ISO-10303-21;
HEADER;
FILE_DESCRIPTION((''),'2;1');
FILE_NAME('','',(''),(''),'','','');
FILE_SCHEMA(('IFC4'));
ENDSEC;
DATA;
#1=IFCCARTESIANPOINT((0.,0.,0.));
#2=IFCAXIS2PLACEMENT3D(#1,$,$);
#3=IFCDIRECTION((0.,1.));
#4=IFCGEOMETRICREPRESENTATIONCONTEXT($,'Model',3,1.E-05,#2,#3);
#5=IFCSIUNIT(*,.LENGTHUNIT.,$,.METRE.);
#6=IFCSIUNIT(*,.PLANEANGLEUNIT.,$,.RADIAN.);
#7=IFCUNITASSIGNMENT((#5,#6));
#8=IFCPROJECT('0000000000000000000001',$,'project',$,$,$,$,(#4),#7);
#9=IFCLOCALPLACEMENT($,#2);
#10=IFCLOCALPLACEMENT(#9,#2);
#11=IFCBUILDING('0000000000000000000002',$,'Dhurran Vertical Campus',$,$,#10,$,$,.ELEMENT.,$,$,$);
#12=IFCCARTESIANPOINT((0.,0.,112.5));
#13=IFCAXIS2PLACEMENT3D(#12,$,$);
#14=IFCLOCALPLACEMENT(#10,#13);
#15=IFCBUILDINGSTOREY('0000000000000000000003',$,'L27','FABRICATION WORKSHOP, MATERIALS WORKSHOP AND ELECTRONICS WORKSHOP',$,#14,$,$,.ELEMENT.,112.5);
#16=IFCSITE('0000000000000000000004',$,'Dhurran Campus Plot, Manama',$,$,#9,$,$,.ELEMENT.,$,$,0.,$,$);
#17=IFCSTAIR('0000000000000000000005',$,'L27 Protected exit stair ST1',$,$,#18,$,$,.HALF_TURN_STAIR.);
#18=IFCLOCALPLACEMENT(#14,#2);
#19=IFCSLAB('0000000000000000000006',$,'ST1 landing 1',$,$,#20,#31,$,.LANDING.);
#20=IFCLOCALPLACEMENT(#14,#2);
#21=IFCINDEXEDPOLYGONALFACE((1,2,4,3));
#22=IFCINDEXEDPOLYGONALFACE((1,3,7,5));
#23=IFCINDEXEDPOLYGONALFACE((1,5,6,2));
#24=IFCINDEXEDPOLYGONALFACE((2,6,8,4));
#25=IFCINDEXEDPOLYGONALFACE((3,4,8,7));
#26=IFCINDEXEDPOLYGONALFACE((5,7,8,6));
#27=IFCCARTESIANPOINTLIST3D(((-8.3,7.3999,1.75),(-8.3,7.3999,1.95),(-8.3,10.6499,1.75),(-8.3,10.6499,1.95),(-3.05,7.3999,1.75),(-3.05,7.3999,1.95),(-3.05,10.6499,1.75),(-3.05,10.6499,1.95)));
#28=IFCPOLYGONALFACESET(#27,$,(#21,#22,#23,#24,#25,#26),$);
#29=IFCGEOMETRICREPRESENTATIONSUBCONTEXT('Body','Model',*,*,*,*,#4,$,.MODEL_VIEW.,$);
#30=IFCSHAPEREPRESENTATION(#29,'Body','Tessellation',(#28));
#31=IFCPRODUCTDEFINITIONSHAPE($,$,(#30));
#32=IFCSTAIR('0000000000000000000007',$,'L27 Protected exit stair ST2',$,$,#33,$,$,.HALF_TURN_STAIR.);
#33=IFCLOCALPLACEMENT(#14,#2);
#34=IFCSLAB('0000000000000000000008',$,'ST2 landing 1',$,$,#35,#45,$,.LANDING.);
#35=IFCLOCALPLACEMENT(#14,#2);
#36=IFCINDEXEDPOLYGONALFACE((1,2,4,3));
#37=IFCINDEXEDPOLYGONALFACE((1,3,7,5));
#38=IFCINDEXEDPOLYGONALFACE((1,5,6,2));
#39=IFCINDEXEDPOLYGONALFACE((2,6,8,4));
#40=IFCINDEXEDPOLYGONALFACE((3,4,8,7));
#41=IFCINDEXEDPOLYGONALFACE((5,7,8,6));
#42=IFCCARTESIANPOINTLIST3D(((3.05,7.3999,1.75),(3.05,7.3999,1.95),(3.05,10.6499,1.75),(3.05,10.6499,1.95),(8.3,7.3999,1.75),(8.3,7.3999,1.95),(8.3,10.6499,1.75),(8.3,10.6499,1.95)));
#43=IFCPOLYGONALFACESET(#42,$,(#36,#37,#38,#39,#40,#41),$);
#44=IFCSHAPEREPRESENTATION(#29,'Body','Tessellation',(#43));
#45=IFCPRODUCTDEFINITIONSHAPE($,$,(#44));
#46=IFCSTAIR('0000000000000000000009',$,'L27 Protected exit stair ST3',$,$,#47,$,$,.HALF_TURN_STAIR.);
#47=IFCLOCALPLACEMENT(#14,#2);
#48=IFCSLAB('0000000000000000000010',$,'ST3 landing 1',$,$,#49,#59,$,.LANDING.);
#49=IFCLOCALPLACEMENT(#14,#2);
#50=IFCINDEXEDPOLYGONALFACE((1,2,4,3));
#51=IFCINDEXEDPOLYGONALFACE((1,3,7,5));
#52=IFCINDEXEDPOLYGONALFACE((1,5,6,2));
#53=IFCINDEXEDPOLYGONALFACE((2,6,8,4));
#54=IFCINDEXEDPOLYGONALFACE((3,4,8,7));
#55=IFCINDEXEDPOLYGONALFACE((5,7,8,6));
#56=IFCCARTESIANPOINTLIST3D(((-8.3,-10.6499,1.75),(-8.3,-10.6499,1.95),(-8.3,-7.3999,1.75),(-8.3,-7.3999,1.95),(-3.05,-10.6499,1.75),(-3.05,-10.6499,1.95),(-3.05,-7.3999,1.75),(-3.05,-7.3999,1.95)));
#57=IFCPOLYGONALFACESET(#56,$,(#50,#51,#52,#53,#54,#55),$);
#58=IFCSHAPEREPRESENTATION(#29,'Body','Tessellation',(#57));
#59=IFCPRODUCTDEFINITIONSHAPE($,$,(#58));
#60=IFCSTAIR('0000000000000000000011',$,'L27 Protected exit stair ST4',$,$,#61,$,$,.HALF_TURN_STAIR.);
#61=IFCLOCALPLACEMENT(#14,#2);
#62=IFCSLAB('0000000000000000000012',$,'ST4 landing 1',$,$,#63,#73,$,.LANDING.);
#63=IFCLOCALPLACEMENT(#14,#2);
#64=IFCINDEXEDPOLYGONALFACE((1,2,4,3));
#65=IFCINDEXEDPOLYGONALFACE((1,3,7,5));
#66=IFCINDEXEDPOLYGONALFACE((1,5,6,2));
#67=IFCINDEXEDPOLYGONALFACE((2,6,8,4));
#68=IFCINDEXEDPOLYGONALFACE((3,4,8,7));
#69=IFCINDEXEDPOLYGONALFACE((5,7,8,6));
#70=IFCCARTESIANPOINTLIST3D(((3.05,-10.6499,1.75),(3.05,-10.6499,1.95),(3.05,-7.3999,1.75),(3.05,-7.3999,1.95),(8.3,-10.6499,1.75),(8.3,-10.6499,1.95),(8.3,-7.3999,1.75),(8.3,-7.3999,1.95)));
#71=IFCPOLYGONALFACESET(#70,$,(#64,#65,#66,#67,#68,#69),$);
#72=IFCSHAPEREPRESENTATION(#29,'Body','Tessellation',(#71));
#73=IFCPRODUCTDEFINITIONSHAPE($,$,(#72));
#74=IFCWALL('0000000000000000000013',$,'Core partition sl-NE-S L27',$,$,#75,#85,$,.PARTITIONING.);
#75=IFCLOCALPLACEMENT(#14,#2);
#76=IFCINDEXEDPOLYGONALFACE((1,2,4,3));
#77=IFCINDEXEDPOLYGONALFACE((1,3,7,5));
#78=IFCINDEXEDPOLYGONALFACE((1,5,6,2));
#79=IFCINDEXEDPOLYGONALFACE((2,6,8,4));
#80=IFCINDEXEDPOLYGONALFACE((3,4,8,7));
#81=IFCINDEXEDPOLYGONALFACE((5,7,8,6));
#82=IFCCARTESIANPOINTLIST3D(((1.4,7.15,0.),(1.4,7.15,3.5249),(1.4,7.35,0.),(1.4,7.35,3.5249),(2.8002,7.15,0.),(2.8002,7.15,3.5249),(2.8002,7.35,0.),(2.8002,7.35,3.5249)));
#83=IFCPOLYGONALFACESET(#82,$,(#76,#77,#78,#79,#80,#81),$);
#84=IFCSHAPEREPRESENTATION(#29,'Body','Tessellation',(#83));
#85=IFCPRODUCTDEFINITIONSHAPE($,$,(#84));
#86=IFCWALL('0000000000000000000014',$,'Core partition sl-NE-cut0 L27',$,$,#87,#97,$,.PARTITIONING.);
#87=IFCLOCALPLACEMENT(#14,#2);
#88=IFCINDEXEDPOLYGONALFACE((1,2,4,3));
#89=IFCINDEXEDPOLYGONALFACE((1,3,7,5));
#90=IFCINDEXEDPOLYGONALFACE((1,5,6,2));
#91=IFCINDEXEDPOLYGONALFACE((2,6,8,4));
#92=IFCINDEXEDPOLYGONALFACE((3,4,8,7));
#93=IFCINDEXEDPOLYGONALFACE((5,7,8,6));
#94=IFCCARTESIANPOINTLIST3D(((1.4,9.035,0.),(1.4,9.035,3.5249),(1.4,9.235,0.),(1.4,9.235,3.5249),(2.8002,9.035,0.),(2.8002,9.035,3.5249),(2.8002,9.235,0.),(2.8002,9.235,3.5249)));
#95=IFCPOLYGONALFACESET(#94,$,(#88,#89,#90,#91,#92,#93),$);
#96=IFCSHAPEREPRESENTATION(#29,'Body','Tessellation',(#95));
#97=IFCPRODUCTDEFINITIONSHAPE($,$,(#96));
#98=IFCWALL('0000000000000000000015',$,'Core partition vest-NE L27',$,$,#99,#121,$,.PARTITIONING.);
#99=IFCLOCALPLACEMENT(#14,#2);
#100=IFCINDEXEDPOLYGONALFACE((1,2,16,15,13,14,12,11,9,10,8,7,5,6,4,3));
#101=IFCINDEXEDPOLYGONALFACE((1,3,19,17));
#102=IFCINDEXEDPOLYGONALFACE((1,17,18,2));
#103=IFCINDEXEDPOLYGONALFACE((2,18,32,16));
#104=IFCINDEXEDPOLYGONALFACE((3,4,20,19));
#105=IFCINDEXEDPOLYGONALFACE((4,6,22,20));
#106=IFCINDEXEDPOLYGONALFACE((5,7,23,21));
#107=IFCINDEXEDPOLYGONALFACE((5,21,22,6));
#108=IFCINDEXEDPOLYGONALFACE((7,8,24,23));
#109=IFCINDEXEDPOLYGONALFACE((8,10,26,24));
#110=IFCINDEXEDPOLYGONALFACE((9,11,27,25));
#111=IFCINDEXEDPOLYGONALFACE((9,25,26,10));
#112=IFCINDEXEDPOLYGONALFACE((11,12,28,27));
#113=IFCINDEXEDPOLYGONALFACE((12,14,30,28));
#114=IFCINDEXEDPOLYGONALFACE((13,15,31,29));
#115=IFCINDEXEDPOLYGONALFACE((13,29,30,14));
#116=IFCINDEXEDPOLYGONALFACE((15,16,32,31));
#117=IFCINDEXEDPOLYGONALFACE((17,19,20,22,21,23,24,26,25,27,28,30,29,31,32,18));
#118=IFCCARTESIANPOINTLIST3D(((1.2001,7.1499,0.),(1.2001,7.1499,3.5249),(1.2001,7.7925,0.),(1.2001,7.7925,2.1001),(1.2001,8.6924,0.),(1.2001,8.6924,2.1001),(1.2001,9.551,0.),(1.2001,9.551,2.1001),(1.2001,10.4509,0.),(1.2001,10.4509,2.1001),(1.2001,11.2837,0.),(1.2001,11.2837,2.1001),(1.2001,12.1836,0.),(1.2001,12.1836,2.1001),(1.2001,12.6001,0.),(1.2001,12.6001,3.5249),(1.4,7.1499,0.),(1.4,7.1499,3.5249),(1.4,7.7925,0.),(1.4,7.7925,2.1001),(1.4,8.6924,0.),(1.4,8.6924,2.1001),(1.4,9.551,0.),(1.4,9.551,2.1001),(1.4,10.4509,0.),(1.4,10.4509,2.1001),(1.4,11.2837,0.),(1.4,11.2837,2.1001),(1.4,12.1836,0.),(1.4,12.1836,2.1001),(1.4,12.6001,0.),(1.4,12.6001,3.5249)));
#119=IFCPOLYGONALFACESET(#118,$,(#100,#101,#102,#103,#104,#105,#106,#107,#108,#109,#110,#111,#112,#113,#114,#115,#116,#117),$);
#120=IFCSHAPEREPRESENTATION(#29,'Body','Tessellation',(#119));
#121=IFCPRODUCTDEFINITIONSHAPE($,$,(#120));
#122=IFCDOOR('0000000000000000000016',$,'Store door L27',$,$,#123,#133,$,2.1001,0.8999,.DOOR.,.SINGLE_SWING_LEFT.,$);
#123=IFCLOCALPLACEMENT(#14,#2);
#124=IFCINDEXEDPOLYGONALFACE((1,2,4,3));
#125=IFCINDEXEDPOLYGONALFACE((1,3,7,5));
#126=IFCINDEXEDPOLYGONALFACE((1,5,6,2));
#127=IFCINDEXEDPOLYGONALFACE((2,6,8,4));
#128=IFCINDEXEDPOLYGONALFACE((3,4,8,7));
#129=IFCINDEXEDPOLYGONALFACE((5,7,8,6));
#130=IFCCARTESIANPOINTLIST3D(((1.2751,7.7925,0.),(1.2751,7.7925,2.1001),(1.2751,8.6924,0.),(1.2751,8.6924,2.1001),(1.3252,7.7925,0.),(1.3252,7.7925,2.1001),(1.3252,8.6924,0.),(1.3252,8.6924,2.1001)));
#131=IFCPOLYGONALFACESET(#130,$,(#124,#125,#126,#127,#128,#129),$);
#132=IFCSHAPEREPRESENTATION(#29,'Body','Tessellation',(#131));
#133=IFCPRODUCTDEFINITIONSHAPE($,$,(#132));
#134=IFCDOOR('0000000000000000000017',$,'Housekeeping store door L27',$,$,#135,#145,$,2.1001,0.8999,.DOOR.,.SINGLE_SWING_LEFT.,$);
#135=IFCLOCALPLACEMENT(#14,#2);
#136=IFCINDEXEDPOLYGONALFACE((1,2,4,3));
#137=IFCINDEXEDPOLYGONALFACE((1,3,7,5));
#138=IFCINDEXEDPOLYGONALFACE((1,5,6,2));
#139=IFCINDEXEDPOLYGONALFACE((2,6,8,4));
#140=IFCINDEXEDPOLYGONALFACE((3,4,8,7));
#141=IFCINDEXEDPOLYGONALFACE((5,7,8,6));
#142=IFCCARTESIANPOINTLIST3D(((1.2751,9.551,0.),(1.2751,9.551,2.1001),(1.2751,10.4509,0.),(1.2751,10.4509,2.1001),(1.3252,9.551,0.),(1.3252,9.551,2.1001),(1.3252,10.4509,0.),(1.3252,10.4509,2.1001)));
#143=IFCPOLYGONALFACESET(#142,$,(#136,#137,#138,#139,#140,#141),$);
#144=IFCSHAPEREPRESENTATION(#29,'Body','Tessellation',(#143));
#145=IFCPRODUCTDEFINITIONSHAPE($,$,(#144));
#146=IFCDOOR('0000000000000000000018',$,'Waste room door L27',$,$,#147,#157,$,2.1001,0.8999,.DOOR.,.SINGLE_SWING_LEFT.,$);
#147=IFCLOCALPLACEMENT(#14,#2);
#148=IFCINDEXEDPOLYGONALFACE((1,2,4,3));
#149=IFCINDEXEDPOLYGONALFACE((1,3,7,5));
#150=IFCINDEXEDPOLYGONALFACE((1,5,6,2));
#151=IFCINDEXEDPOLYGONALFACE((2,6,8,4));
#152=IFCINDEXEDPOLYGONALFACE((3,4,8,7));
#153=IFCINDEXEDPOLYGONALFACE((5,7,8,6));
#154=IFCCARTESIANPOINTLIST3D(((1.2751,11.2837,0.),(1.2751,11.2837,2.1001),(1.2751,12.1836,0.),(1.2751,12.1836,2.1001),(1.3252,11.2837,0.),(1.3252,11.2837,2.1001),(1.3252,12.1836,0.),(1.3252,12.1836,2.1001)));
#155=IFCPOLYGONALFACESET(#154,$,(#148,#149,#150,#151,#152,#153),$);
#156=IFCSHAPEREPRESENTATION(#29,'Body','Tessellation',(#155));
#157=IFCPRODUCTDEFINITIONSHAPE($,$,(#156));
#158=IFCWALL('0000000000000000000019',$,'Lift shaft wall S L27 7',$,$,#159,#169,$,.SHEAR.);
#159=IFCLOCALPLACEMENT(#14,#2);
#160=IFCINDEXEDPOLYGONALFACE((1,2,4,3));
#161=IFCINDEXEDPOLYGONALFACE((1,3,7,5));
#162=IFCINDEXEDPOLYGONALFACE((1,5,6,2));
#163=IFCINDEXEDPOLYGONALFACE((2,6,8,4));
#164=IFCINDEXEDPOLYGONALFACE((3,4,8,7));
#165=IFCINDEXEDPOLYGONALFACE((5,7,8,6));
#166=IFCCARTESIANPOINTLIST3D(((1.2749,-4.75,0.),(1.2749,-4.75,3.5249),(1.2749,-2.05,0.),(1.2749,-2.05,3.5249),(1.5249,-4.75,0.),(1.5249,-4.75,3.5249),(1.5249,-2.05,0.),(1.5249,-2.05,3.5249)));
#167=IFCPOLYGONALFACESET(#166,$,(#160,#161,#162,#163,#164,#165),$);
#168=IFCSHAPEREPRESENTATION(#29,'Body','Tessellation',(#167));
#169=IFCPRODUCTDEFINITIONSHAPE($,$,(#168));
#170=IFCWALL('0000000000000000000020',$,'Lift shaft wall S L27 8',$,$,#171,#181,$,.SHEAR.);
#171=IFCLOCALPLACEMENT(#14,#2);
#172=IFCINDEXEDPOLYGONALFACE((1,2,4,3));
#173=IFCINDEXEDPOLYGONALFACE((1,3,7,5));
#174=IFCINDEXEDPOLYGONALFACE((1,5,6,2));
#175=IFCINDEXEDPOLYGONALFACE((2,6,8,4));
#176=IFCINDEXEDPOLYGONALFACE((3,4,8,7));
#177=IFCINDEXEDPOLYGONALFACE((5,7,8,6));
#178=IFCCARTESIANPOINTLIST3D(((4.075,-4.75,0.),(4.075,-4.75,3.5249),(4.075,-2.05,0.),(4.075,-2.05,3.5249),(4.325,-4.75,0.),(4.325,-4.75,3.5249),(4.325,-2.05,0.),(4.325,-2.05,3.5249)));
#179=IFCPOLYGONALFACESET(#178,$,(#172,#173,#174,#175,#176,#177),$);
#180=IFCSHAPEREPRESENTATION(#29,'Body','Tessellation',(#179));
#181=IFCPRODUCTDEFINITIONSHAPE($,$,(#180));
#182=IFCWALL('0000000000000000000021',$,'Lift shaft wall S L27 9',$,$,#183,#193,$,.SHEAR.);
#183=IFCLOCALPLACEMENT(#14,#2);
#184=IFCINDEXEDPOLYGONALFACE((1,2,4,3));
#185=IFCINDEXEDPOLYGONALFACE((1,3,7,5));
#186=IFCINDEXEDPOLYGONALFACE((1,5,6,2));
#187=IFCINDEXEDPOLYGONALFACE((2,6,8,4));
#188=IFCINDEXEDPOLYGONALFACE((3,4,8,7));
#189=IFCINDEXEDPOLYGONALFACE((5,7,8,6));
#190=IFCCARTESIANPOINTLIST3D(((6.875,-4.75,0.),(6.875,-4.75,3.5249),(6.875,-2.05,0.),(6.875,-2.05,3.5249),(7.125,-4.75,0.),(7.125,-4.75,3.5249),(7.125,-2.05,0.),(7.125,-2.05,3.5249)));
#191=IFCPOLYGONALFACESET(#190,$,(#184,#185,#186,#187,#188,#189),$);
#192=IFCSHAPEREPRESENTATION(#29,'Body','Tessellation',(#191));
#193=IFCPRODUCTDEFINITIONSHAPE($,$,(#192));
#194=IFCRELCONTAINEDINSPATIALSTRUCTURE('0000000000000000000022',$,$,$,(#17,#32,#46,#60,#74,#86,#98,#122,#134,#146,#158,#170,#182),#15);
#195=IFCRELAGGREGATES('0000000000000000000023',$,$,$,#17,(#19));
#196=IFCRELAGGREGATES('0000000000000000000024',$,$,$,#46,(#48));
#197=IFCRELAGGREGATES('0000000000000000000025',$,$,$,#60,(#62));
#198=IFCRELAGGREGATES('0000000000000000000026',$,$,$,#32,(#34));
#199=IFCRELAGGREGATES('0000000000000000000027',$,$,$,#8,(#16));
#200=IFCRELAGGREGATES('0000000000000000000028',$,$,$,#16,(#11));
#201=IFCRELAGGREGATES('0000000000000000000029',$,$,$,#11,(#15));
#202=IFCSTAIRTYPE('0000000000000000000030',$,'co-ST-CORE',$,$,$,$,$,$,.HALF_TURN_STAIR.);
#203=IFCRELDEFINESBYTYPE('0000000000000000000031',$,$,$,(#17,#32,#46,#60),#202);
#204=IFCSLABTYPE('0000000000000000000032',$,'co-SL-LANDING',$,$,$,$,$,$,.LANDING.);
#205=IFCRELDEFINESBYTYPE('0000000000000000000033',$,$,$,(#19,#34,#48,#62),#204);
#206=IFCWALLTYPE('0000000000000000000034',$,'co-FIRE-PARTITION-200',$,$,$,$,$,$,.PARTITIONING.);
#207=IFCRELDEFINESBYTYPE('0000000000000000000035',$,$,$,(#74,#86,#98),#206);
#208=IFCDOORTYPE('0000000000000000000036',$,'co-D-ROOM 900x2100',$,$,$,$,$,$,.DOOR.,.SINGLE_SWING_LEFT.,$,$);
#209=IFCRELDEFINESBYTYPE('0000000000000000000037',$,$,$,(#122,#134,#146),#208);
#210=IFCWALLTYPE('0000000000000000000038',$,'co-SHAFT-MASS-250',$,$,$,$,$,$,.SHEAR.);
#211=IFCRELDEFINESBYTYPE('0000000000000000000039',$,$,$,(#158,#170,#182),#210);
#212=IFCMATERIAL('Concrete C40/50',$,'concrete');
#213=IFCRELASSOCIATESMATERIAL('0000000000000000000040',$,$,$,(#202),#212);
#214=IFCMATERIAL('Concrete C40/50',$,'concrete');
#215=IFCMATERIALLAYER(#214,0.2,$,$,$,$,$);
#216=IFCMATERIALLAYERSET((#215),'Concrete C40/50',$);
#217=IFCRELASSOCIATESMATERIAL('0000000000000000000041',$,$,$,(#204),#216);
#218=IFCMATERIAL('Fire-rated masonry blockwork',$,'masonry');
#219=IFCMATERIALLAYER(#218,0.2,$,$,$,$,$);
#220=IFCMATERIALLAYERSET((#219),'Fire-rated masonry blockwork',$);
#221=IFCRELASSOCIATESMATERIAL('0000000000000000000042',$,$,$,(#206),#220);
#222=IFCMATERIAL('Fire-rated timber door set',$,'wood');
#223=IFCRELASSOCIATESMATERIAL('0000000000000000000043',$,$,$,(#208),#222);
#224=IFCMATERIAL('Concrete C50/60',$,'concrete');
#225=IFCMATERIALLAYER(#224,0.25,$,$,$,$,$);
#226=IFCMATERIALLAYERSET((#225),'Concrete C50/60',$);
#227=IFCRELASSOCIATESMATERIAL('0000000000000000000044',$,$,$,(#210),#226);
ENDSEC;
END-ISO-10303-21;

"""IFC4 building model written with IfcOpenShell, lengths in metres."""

from ifc_helpers import new_model, si_unit, direction, frame, frame_2d, origin, place, context, subcontext, project, spatial, polyline, rectangle, outline, extrude, material, layer, layer_set, type_object, element, fill, aggregate, save


model = new_model("IFC4")

# Units and contexts
model_context = context("Model", 3, precision=1e-05, world=origin(), true_north=direction((0.0, 1.0)))
body_context = subcontext(model_context, "Body", "Model", "MODEL_VIEW")
ifc_project = project(units=[si_unit("LENGTHUNIT", "METRE"), si_unit("PLANEANGLEUNIT", "RADIAN")], contexts=[model_context])

# Site, building, storey
site_placement = place(None, origin())
site = spatial("IfcSite", under=ifc_project, at=site_placement, Name="Dhurran Campus Plot, Manama", CompositionType="ELEMENT", RefElevation=0.0)
building_placement = place(site_placement, origin())
building = spatial("IfcBuilding", under=site, at=building_placement, Name="Dhurran Vertical Campus", CompositionType="ELEMENT")
storey_placement = place(building_placement, frame((0.0, 0.0, 112.5)))
storey = spatial("IfcBuildingStorey", under=building, at=storey_placement, Name="L27", Description="FABRICATION WORKSHOP, MATERIALS WORKSHOP AND ELECTRONICS WORKSHOP", CompositionType="ELEMENT", Elevation=112.5)

# Stairs, slabs
ifc_material_1 = material(Name="Concrete C40/50", Category="concrete")
stair_type = type_object("IfcStairType", Name="co-ST-CORE", PredefinedType="HALF_TURN_STAIR", material=ifc_material_1)
stair_1_placement = place(storey_placement, origin())
stair_1 = element("IfcStair", 1, at=stair_1_placement, inside=storey, type_object=stair_type, Name="L27 Protected exit stair ST1", PredefinedType="HALF_TURN_STAIR")
ifc_material_2 = material(Name="Concrete C40/50", Category="concrete")
ifc_layer_1 = layer(ifc_material_2, 0.2)
ifc_layer_set_1 = layer_set([ifc_layer_1], Name="Concrete C40/50")
slab_type = type_object("IfcSlabType", Name="co-SL-LANDING", PredefinedType="LANDING", material=ifc_layer_set_1)
slab_1_placement = place(storey_placement, frame((0.0, 0.0, 1.75)))
slab_1 = element("IfcSlab", 2, at=slab_1_placement, type_object=slab_type, Name="ST1 landing 1", PredefinedType="LANDING", context=body_context, shape_type="SweptSolid", body=[
    extrude(outline(polyline([(-8.3, 7.3999), (-3.05, 7.3999), (-3.05, 10.6499), (-8.3, 10.6499), (-8.3, 7.3999)])), origin(), (0.0, 0.0, 1.0), 0.2),
])
aggregate(stair_1, [slab_1])
stair_2_placement = place(storey_placement, origin())
stair_2 = element("IfcStair", 3, at=stair_2_placement, inside=storey, type_object=stair_type, Name="L27 Protected exit stair ST2", PredefinedType="HALF_TURN_STAIR")
slab_2_placement = place(storey_placement, frame((0.0, 0.0, 1.75)))
slab_2 = element("IfcSlab", 4, at=slab_2_placement, type_object=slab_type, Name="ST2 landing 1", PredefinedType="LANDING", context=body_context, shape_type="SweptSolid", body=[
    extrude(outline(polyline([(8.3, 10.6499), (3.05, 10.6499), (3.05, 7.3999), (8.3, 7.3999), (8.3, 10.6499)])), origin(), (0.0, 0.0, 1.0), 0.2),
])
stair_3_placement = place(storey_placement, origin())
stair_3 = element("IfcStair", 5, at=stair_3_placement, inside=storey, type_object=stair_type, Name="L27 Protected exit stair ST3", PredefinedType="HALF_TURN_STAIR")
slab_3_placement = place(storey_placement, frame((0.0, 0.0, 1.75)))
slab_3 = element("IfcSlab", 6, at=slab_3_placement, type_object=slab_type, Name="ST3 landing 1", PredefinedType="LANDING", context=body_context, shape_type="SweptSolid", body=[
    extrude(outline(polyline([(-8.3, -10.6499), (-3.05, -10.6499), (-3.05, -7.3999), (-8.3, -7.3999), (-8.3, -10.6499)])), origin(), (0.0, 0.0, 1.0), 0.2),
])
aggregate(stair_3, [slab_3])
stair_4_placement = place(storey_placement, origin())
stair_4 = element("IfcStair", 7, at=stair_4_placement, inside=storey, type_object=stair_type, Name="L27 Protected exit stair ST4", PredefinedType="HALF_TURN_STAIR")
slab_4_placement = place(storey_placement, frame((0.0, 0.0, 1.75)))
slab_4 = element("IfcSlab", 8, at=slab_4_placement, type_object=slab_type, Name="ST4 landing 1", PredefinedType="LANDING", context=body_context, shape_type="SweptSolid", body=[
    extrude(outline(polyline([(8.3, -7.3999), (3.05, -7.3999), (3.05, -10.6499), (8.3, -10.6499), (8.3, -7.3999)])), origin(), (0.0, 0.0, 1.0), 0.2),
])
aggregate(stair_4, [slab_4])

# Walls
ifc_material_3 = material(Name="Fire-rated masonry blockwork", Category="masonry")
ifc_layer_2 = layer(ifc_material_3, 0.2)
ifc_layer_set_2 = layer_set([ifc_layer_2], Name="Fire-rated masonry blockwork")
wall_type_1 = type_object("IfcWallType", Name="co-FIRE-PARTITION-200", PredefinedType="PARTITIONING", material=ifc_layer_set_2)
for number, where, z_axis, x_axis, name in (
    (9, (1.3999, 7.25, 0.0), (0.0, 0.0, 1.0), (1.0, 0.0, 0.0), "Core partition sl-NE-S L27"),
    (10, (1.3999, 9.135, 0.0), (0.0, 0.0, 1.0), (1.0, 0.0, 0.0), "Core partition sl-NE-cut0 L27"),
):
    element("IfcWall", number, at=place(storey_placement, frame(where, z_axis=z_axis, x_axis=x_axis)), inside=storey, type_object=wall_type_1, Name=name, PredefinedType="PARTITIONING", context=body_context, shape_type="SweptSolid", body=[
        extrude(rectangle(XDim=1.4001, YDim=0.2, at=frame_2d((0.7002, 0.0))), origin(), (0.0, 0.0, 1.0), 3.5249),
    ])

# Wall, openings, doors
wall_1_placement = place(storey_placement, frame((1.3, 7.1499, 0.0), z_axis=(0.0, 0.0, 1.0), x_axis=(0.0, 1.0, 0.0)))
wall_1 = element("IfcWall", 11, at=wall_1_placement, inside=storey, type_object=wall_type_1, Name="Core partition vest-NE L27", PredefinedType="PARTITIONING", context=body_context, shape_type="SweptSolid", body=[
    extrude(rectangle(XDim=5.4502, YDim=0.2, at=frame_2d((2.7251, 0.0))), origin(), (0.0, 0.0, 1.0), 3.5249),
])
opening_1_placement = place(wall_1_placement, frame((0.6426, 0.0, 0.0)))
opening_1 = element("IfcOpeningElement", 12, at=opening_1_placement, cuts=wall_1, PredefinedType="OPENING", context=body_context, shape_type="SweptSolid", body=[
    extrude(rectangle(XDim=0.8999, YDim=2.1001, at=frame_2d((0.45, 1.05))), frame((0.0, 0.1099, 0.0), z_axis=(0.0, -1.0, 0.0), x_axis=(1.0, 0.0, 0.0)), (0.0, 0.0, 1.0), 0.22),
])
opening_2_placement = place(wall_1_placement, frame((2.4011, 0.0, 0.0)))
opening_2 = element("IfcOpeningElement", 13, at=opening_2_placement, cuts=wall_1, PredefinedType="OPENING", context=body_context, shape_type="SweptSolid", body=[
    extrude(rectangle(XDim=0.8999, YDim=2.1001, at=frame_2d((0.45, 1.05))), frame((0.0, 0.1099, 0.0), z_axis=(0.0, -1.0, 0.0), x_axis=(1.0, 0.0, 0.0)), (0.0, 0.0, 1.0), 0.22),
])
opening_3_placement = place(wall_1_placement, frame((4.1338, 0.0, 0.0)))
opening_3 = element("IfcOpeningElement", 14, at=opening_3_placement, cuts=wall_1, PredefinedType="OPENING", context=body_context, shape_type="SweptSolid", body=[
    extrude(rectangle(XDim=0.8999, YDim=2.1001, at=frame_2d((0.45, 1.05))), frame((0.0, 0.1099, 0.0), z_axis=(0.0, -1.0, 0.0), x_axis=(1.0, 0.0, 0.0)), (0.0, 0.0, 1.0), 0.22),
])
ifc_material_4 = material(Name="Fire-rated timber door set", Category="wood")
door_type_1 = type_object("IfcDoorType", Name="co-D-ROOM 900x2100", OperationType="SINGLE_SWING_LEFT", PredefinedType="DOOR", material=ifc_material_4)
door_1_placement = place(opening_1_placement, origin())
door_1 = element("IfcDoor", 15, at=door_1_placement, inside=storey, type_object=door_type_1, Name="Store door L27", OperationType="SINGLE_SWING_LEFT", OverallHeight=2.1001, OverallWidth=0.8999, PredefinedType="DOOR", context=body_context, shape_type="SweptSolid", body=[
    extrude(rectangle(XDim=0.8999, YDim=2.1001, at=frame_2d((0.45, 1.05))), frame((0.0, 0.0249, 0.0), z_axis=(0.0, -1.0, 0.0), x_axis=(1.0, 0.0, 0.0)), (0.0, 0.0, 1.0), 0.05),
])
fill(opening_1, door_1)
door_2_placement = place(opening_2_placement, origin())
door_2 = element("IfcDoor", 16, at=door_2_placement, inside=storey, type_object=door_type_1, Name="Housekeeping store door L27", OperationType="SINGLE_SWING_LEFT", OverallHeight=2.1001, OverallWidth=0.8999, PredefinedType="DOOR", context=body_context, shape_type="SweptSolid", body=[
    extrude(rectangle(XDim=0.8999, YDim=2.1001, at=frame_2d((0.45, 1.05))), frame((0.0, 0.0249, 0.0), z_axis=(0.0, -1.0, 0.0), x_axis=(1.0, 0.0, 0.0)), (0.0, 0.0, 1.0), 0.05),
])
fill(opening_2, door_2)
door_3_placement = place(opening_3_placement, origin())
door_3 = element("IfcDoor", 17, at=door_3_placement, inside=storey, type_object=door_type_1, Name="Waste room door L27", OperationType="SINGLE_SWING_LEFT", OverallHeight=2.1001, OverallWidth=0.8999, PredefinedType="DOOR", context=body_context, shape_type="SweptSolid", body=[
    extrude(rectangle(XDim=0.8999, YDim=2.1001, at=frame_2d((0.45, 1.05))), frame((0.0, 0.0249, 0.0), z_axis=(0.0, -1.0, 0.0), x_axis=(1.0, 0.0, 0.0)), (0.0, 0.0, 1.0), 0.05),
])
fill(opening_3, door_3)

# Walls
ifc_material_5 = material(Name="Concrete C50/60", Category="concrete")
ifc_layer_3 = layer(ifc_material_5, 0.25)
ifc_layer_set_3 = layer_set([ifc_layer_3], Name="Concrete C50/60")
wall_type_2 = type_object("IfcWallType", Name="co-SHAFT-MASS-250", PredefinedType="SHEAR", material=ifc_layer_set_3)
wall_2_placement = place(storey_placement, origin())
element("IfcWall", 18, at=wall_2_placement, inside=storey, type_object=wall_type_2, Name="Lift shaft wall S L27 7", PredefinedType="SHEAR", context=body_context, shape_type="SweptSolid", body=[
    extrude(outline(polyline([(1.2749, -4.75), (1.5249, -4.75), (1.5249, -2.05), (1.2749, -2.05), (1.2749, -4.75)])), origin(), (0.0, 0.0, 1.0), 3.5249),
])
wall_3_placement = place(storey_placement, origin())
element("IfcWall", 19, at=wall_3_placement, inside=storey, type_object=wall_type_2, Name="Lift shaft wall S L27 8", PredefinedType="SHEAR", context=body_context, shape_type="SweptSolid", body=[
    extrude(outline(polyline([(4.075, -4.75), (4.325, -4.75), (4.325, -2.05), (4.075, -2.05), (4.075, -4.75)])), origin(), (0.0, 0.0, 1.0), 3.5249),
])
wall_4_placement = place(storey_placement, origin())
element("IfcWall", 20, at=wall_4_placement, inside=storey, type_object=wall_type_2, Name="Lift shaft wall S L27 9", PredefinedType="SHEAR", context=body_context, shape_type="SweptSolid", body=[
    extrude(outline(polyline([(6.875, -4.75), (7.125, -4.75), (7.125, -2.05), (6.875, -2.05), (6.875, -4.75)])), origin(), (0.0, 0.0, 1.0), 3.5249),
])

aggregate(stair_2, [slab_2])

save(model, "model.ifc")
